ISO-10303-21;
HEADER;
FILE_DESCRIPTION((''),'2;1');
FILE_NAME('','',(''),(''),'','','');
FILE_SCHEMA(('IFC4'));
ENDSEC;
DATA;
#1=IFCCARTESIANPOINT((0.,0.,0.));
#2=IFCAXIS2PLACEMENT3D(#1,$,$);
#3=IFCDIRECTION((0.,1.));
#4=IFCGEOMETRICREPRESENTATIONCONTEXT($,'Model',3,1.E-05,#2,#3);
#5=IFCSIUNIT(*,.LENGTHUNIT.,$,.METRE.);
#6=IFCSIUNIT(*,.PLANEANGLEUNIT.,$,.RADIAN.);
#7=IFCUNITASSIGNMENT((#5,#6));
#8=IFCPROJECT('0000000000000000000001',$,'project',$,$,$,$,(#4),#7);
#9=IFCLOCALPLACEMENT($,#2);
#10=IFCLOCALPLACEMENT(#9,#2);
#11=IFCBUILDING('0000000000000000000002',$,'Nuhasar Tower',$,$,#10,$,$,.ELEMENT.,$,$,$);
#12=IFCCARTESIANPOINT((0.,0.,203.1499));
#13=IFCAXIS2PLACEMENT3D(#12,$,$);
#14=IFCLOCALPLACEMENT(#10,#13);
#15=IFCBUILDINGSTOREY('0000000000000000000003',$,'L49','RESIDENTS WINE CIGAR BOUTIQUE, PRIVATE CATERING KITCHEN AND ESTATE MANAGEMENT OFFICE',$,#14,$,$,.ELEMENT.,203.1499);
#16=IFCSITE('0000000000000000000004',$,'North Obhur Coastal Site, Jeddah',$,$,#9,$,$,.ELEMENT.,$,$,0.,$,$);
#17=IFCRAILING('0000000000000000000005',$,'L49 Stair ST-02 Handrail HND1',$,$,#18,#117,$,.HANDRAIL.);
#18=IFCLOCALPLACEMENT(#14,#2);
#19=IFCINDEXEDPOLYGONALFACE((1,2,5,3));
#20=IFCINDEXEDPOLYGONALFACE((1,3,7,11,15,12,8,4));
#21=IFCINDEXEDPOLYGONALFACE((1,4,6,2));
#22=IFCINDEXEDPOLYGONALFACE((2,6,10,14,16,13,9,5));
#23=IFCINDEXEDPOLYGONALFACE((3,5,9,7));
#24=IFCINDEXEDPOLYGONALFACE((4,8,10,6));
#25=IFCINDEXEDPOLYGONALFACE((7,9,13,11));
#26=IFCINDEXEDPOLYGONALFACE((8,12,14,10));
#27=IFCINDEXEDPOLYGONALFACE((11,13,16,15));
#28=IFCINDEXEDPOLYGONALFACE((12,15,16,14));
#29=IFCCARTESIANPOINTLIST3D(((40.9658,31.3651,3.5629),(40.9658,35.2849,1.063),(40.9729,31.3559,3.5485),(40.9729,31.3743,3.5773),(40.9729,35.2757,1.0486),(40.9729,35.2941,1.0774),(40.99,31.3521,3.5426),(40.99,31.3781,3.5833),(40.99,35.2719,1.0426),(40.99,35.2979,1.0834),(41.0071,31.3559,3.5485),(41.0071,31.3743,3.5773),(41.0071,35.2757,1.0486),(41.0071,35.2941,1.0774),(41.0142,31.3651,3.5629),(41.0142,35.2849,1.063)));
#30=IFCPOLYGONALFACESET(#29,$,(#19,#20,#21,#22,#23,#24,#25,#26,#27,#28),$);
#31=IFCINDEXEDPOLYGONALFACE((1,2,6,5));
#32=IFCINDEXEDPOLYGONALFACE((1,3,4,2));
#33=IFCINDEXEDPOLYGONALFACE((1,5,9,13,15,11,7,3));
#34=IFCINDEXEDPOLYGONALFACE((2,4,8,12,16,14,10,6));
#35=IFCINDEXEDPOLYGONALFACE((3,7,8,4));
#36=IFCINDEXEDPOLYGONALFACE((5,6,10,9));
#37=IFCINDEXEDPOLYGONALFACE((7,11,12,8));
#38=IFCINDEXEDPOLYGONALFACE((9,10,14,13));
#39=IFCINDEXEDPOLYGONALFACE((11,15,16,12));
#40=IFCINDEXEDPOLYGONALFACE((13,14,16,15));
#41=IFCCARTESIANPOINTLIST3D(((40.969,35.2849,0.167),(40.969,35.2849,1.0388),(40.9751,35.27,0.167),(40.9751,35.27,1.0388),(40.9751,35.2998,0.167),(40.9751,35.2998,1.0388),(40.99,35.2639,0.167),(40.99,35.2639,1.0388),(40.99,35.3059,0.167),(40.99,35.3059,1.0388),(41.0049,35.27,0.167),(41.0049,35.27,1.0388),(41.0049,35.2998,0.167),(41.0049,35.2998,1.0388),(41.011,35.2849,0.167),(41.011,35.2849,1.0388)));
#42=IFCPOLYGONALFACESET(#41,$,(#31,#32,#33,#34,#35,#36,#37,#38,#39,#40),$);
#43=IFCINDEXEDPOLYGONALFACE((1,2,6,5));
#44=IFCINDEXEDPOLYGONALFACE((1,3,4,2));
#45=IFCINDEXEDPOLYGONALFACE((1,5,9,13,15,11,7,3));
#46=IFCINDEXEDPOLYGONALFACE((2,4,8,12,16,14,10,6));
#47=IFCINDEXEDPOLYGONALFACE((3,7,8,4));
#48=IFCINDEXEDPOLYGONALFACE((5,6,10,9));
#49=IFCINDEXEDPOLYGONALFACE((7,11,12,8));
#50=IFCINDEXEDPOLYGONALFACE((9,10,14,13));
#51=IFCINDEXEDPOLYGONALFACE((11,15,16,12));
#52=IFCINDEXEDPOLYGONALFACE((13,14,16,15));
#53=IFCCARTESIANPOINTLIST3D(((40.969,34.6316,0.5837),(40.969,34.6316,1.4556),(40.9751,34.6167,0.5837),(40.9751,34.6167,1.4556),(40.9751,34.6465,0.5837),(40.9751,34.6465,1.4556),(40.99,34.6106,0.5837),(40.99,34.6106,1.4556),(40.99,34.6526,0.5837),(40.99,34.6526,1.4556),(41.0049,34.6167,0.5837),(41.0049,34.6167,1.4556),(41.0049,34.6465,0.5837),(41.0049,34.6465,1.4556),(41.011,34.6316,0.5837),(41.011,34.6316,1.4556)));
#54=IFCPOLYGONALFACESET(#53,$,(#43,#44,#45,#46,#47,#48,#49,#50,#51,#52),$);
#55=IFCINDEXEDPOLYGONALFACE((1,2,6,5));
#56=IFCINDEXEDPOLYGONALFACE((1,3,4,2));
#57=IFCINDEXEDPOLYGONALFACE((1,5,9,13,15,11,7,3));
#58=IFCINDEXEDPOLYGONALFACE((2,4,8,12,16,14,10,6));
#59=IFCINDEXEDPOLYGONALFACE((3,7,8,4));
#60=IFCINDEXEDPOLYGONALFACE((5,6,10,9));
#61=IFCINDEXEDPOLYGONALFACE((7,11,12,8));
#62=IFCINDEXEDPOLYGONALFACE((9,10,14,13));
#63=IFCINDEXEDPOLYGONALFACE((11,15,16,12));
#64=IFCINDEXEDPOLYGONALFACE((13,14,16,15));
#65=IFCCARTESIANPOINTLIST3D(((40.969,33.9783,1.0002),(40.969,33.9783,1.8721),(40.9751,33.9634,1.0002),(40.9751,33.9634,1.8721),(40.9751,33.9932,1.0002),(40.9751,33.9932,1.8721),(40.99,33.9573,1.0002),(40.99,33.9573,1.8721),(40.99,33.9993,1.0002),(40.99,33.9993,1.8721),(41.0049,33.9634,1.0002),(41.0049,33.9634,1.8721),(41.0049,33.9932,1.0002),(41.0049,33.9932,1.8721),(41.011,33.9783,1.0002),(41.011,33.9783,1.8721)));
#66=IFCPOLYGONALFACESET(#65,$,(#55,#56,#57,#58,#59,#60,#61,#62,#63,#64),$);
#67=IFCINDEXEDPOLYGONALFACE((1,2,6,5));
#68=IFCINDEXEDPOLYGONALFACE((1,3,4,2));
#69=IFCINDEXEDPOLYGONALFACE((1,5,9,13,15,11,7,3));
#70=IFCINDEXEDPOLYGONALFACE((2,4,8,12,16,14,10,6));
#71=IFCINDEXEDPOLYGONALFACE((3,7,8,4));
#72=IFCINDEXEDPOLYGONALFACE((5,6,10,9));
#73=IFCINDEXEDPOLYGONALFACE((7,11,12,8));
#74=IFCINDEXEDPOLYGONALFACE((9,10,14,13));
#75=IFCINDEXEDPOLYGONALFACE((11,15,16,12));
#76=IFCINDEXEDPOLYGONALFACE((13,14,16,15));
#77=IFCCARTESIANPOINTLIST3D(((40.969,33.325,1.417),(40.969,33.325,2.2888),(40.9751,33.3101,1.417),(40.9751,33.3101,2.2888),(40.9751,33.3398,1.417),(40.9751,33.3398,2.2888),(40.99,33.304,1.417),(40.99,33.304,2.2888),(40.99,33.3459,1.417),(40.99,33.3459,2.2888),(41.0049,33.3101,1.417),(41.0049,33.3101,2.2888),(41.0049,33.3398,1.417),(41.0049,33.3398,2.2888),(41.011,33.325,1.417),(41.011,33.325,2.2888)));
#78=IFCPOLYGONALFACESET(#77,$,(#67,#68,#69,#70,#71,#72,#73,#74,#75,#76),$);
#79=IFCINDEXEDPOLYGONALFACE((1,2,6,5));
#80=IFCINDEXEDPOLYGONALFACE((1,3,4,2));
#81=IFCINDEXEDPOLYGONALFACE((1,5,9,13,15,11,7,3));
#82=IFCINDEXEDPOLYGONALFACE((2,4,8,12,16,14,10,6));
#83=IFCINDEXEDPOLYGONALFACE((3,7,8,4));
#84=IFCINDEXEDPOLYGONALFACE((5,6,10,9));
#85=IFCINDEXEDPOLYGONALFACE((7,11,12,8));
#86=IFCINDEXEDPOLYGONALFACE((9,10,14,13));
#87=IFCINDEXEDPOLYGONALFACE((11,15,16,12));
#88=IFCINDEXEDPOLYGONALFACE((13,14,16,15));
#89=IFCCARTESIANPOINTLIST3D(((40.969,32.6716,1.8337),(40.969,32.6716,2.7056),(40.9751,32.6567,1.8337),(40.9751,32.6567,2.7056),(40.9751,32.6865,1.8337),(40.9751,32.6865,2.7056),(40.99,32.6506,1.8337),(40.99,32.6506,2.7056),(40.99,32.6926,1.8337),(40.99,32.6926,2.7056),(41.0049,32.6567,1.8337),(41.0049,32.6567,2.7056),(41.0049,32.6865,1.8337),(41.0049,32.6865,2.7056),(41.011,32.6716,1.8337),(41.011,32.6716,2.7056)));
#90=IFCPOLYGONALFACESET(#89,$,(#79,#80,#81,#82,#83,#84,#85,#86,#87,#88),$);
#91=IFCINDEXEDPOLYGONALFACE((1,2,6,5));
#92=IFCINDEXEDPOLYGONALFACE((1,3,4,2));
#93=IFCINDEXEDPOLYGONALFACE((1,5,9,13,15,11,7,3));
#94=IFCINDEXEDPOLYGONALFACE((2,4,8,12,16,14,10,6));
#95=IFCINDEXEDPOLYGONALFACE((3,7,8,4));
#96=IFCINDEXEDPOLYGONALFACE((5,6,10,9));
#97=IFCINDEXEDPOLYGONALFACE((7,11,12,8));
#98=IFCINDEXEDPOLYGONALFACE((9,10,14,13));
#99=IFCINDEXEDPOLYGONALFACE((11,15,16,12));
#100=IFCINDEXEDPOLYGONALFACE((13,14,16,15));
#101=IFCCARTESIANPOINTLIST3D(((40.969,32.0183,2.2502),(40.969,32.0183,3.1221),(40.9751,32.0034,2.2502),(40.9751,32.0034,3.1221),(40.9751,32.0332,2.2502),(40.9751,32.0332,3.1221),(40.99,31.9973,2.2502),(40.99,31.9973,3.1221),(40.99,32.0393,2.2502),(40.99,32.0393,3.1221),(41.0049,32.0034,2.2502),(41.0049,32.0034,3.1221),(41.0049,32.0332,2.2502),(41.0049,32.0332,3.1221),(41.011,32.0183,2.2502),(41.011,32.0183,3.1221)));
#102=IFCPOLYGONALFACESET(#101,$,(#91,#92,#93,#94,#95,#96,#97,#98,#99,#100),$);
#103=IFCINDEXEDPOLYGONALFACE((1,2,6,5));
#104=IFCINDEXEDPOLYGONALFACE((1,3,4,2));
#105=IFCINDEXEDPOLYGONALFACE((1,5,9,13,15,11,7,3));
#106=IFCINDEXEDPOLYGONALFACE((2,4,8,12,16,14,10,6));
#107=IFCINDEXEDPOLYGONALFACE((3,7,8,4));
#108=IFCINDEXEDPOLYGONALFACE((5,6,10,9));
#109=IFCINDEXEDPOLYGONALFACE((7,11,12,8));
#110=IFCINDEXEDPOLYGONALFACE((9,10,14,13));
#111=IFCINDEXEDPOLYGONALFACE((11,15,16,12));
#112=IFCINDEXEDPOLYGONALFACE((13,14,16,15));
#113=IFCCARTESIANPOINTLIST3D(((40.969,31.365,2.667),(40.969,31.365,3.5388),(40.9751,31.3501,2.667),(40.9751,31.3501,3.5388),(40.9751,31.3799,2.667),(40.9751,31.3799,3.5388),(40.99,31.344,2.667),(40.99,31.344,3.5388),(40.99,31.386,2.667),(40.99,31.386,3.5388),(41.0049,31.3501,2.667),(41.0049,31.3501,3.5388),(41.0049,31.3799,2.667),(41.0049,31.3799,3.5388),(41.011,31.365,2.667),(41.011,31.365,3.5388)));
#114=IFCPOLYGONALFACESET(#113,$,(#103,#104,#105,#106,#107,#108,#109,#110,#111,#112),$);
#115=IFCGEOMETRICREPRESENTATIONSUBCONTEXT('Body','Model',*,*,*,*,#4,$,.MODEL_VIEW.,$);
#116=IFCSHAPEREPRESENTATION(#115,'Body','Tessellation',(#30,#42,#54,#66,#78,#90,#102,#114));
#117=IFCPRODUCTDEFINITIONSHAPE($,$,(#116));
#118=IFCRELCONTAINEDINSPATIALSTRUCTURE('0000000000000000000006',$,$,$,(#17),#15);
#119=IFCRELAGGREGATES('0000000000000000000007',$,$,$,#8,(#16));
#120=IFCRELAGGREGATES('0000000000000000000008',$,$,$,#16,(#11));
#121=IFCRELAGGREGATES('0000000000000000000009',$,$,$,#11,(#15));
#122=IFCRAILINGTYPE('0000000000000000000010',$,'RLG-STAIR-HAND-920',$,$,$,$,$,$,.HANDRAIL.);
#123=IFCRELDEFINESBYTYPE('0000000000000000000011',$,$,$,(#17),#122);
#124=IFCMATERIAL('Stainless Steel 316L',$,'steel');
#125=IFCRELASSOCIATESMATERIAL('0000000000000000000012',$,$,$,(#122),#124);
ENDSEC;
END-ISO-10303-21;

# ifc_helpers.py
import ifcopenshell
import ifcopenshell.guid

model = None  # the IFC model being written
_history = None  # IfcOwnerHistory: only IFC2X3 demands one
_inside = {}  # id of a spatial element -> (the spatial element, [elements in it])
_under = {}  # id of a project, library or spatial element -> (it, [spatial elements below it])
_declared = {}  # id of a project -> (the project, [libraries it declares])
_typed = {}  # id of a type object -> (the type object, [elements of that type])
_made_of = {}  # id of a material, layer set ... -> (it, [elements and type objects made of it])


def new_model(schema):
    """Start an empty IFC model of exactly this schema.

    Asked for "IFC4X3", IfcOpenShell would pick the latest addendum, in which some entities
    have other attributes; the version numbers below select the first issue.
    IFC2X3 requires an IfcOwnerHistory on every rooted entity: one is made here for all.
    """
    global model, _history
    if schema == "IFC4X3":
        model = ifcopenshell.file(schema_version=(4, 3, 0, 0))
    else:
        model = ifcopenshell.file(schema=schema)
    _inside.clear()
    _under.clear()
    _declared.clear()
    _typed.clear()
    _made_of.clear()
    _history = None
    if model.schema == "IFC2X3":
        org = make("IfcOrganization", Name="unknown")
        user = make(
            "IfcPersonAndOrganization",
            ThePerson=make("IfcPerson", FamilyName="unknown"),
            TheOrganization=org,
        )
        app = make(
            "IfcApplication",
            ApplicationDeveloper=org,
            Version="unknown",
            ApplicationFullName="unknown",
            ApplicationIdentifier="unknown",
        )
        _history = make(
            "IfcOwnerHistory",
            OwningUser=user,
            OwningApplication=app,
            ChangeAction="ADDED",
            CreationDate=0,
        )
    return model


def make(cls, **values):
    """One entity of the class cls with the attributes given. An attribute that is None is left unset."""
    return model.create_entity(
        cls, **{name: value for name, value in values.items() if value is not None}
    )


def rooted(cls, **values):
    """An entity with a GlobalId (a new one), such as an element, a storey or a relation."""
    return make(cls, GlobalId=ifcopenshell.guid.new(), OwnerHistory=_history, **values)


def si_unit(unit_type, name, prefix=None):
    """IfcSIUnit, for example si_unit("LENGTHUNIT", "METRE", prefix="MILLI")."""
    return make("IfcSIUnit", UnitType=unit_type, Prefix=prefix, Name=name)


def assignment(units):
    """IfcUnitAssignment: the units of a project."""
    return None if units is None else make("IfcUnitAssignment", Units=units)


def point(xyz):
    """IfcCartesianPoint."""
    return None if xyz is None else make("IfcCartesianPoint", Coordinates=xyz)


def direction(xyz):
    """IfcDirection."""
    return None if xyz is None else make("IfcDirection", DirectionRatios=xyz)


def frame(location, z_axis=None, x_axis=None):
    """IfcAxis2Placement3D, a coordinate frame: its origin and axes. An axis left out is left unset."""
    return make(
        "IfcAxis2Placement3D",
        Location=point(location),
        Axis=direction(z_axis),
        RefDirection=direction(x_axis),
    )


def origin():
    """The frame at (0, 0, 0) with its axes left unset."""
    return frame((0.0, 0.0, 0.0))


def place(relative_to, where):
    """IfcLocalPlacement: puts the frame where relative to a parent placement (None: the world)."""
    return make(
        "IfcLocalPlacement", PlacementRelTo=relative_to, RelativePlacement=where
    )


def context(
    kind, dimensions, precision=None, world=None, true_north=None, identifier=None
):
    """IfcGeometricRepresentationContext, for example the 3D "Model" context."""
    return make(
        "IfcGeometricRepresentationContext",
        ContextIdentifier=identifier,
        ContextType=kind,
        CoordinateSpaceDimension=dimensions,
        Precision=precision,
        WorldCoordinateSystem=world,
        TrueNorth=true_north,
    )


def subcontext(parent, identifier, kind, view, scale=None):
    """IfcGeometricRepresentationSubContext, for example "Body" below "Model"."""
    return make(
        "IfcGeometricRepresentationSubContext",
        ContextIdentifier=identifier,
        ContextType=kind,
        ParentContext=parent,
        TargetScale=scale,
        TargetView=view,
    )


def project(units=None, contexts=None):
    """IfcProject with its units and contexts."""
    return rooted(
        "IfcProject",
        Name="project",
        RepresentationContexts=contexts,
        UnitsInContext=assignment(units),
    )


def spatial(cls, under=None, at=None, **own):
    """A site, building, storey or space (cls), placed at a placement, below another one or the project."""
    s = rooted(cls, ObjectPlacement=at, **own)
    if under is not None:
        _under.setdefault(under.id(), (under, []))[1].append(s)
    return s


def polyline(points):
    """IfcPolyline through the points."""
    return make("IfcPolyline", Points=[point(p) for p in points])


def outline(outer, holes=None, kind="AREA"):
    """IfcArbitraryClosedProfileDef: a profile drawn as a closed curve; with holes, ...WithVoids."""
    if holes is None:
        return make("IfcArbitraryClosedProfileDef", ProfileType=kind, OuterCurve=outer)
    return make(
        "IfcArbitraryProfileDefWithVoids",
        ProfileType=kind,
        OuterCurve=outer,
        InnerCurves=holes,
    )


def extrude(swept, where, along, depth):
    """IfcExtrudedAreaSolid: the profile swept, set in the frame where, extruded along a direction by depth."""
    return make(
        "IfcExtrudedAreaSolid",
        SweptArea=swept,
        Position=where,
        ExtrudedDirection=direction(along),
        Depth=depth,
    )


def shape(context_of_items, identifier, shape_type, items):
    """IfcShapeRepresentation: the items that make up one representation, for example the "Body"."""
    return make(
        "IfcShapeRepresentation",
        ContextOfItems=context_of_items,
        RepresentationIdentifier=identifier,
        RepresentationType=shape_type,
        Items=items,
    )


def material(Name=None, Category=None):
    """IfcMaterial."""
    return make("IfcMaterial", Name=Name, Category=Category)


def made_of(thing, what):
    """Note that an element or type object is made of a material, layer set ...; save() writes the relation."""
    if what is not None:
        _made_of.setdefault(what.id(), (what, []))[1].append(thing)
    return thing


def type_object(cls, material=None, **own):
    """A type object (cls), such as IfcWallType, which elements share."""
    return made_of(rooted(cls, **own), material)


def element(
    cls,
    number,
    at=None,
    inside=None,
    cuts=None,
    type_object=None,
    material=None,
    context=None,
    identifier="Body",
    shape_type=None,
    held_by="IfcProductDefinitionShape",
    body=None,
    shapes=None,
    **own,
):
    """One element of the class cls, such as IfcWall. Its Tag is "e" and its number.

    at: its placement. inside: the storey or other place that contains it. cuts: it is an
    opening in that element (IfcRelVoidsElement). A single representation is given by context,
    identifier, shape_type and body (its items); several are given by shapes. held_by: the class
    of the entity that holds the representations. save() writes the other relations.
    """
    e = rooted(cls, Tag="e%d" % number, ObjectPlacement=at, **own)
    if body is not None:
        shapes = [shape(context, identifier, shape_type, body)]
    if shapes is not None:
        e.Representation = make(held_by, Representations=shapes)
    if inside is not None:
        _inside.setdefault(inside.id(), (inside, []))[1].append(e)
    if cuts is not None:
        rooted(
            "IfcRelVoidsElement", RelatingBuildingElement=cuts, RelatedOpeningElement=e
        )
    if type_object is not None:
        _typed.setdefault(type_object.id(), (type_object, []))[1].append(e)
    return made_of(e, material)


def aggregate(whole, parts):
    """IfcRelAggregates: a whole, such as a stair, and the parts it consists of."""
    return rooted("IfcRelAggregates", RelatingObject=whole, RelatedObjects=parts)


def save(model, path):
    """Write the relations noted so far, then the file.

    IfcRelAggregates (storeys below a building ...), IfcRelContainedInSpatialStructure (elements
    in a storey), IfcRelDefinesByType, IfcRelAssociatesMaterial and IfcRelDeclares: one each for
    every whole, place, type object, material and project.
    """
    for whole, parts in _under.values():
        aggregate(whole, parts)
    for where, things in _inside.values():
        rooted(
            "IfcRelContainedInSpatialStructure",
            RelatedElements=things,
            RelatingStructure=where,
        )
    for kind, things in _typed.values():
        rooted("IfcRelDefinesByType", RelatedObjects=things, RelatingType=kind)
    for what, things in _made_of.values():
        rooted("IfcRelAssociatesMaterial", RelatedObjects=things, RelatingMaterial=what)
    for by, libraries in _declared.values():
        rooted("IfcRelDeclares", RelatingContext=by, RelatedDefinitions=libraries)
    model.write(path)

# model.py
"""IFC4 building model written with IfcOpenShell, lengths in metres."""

from ifc_helpers import new_model, si_unit, direction, frame, origin, place, context, subcontext, project, spatial, polyline, outline, extrude, material, type_object, element, save


model = new_model("IFC4")

# Units and contexts
model_context = context("Model", 3, precision=1e-05, world=origin(), true_north=direction((0.0, 1.0)))
body_context = subcontext(model_context, "Body", "Model", "MODEL_VIEW")
ifc_project = project(units=[si_unit("LENGTHUNIT", "METRE"), si_unit("PLANEANGLEUNIT", "RADIAN")], contexts=[model_context])

# Site, building, storey
site_placement = place(None, origin())
site = spatial("IfcSite", under=ifc_project, at=site_placement, Name="North Obhur Coastal Site, Jeddah", CompositionType="ELEMENT", RefElevation=0.0)
building_placement = place(site_placement, origin())
building = spatial("IfcBuilding", under=site, at=building_placement, Name="Nuhasar Tower", CompositionType="ELEMENT")
storey_placement = place(building_placement, frame((0.0, 0.0, 203.1499)))
storey = spatial("IfcBuildingStorey", under=building, at=storey_placement, Name="L49", Description="RESIDENTS WINE CIGAR BOUTIQUE, PRIVATE CATERING KITCHEN AND ESTATE MANAGEMENT OFFICE", CompositionType="ELEMENT", Elevation=203.1499)

# Railing
ifc_material_1 = material(Name="Stainless Steel 316L", Category="steel")
railing_type_1 = type_object("IfcRailingType", Name="RLG-STAIR-HAND-920", PredefinedType="HANDRAIL", material=ifc_material_1)
railing_1_placement = place(storey_placement, frame((40.99, 35.2849, 0.167)))
element("IfcRailing", 1, at=railing_1_placement, inside=storey, type_object=railing_type_1, Name="L49 Stair ST-02 Handrail HND1", PredefinedType="HANDRAIL", context=body_context, shape_type="SweptSolid", body=[
    extrude(outline(polyline([(0.0242, 0.0), (0.0171, 0.0171), (0.0, 0.0242), (-0.0171, 0.0171), (-0.0242, 0.0), (-0.0171, -0.0171), (0.0, -0.0242), (0.0171, -0.0171), (0.0242, 0.0)])), frame((0.0, 0.0, 0.896), z_axis=(0.0, -0.843125, 0.537718), x_axis=(1.0, 0.0, 0.0)), (0.0, 0.0, 1.0), 4.6492),
    extrude(outline(polyline([(0.021, 0.0), (0.0149, 0.0149), (0.0, 0.021), (-0.0149, 0.0149), (-0.021, 0.0), (-0.0149, -0.0149), (0.0, -0.021), (0.0149, -0.0149), (0.021, 0.0)])), origin(), (0.0, 0.0, 1.0), 0.8718),
    extrude(outline(polyline([(0.021, 0.0), (0.0149, 0.0149), (0.0, 0.021), (-0.0149, 0.0149), (-0.021, 0.0), (-0.0149, -0.0149), (0.0, -0.021), (0.0149, -0.0149), (0.021, 0.0)])), frame((0.0, -0.6533, 0.4167)), (0.0, 0.0, 1.0), 0.8718),
    extrude(outline(polyline([(0.021, 0.0), (0.0149, 0.0149), (0.0, 0.021), (-0.0149, 0.0149), (-0.021, 0.0), (-0.0149, -0.0149), (0.0, -0.021), (0.0149, -0.0149), (0.021, 0.0)])), frame((0.0, -1.3066, 0.8333)), (0.0, 0.0, 1.0), 0.8718),
    extrude(outline(polyline([(0.021, 0.0), (0.0149, 0.0149), (0.0, 0.021), (-0.0149, 0.0149), (-0.021, 0.0), (-0.0149, -0.0149), (0.0, -0.021), (0.0149, -0.0149), (0.021, 0.0)])), frame((0.0, -1.96, 1.25)), (0.0, 0.0, 1.0), 0.8718),
    extrude(outline(polyline([(0.021, 0.0), (0.0149, 0.0149), (0.0, 0.021), (-0.0149, 0.0149), (-0.021, 0.0), (-0.0149, -0.0149), (0.0, -0.021), (0.0149, -0.0149), (0.021, 0.0)])), frame((0.0, -2.6133, 1.6667)), (0.0, 0.0, 1.0), 0.8718),
    extrude(outline(polyline([(0.021, 0.0), (0.0149, 0.0149), (0.0, 0.021), (-0.0149, 0.0149), (-0.021, 0.0), (-0.0149, -0.0149), (0.0, -0.021), (0.0149, -0.0149), (0.021, 0.0)])), frame((0.0, -3.2666, 2.0833)), (0.0, 0.0, 1.0), 0.8718),
    extrude(outline(polyline([(0.021, 0.0), (0.0149, 0.0149), (0.0, 0.021), (-0.0149, 0.0149), (-0.021, 0.0), (-0.0149, -0.0149), (0.0, -0.021), (0.0149, -0.0149), (0.021, 0.0)])), frame((0.0, -3.9199, 2.5)), (0.0, 0.0, 1.0), 0.8718),
])

save(model, "model.ifc")
